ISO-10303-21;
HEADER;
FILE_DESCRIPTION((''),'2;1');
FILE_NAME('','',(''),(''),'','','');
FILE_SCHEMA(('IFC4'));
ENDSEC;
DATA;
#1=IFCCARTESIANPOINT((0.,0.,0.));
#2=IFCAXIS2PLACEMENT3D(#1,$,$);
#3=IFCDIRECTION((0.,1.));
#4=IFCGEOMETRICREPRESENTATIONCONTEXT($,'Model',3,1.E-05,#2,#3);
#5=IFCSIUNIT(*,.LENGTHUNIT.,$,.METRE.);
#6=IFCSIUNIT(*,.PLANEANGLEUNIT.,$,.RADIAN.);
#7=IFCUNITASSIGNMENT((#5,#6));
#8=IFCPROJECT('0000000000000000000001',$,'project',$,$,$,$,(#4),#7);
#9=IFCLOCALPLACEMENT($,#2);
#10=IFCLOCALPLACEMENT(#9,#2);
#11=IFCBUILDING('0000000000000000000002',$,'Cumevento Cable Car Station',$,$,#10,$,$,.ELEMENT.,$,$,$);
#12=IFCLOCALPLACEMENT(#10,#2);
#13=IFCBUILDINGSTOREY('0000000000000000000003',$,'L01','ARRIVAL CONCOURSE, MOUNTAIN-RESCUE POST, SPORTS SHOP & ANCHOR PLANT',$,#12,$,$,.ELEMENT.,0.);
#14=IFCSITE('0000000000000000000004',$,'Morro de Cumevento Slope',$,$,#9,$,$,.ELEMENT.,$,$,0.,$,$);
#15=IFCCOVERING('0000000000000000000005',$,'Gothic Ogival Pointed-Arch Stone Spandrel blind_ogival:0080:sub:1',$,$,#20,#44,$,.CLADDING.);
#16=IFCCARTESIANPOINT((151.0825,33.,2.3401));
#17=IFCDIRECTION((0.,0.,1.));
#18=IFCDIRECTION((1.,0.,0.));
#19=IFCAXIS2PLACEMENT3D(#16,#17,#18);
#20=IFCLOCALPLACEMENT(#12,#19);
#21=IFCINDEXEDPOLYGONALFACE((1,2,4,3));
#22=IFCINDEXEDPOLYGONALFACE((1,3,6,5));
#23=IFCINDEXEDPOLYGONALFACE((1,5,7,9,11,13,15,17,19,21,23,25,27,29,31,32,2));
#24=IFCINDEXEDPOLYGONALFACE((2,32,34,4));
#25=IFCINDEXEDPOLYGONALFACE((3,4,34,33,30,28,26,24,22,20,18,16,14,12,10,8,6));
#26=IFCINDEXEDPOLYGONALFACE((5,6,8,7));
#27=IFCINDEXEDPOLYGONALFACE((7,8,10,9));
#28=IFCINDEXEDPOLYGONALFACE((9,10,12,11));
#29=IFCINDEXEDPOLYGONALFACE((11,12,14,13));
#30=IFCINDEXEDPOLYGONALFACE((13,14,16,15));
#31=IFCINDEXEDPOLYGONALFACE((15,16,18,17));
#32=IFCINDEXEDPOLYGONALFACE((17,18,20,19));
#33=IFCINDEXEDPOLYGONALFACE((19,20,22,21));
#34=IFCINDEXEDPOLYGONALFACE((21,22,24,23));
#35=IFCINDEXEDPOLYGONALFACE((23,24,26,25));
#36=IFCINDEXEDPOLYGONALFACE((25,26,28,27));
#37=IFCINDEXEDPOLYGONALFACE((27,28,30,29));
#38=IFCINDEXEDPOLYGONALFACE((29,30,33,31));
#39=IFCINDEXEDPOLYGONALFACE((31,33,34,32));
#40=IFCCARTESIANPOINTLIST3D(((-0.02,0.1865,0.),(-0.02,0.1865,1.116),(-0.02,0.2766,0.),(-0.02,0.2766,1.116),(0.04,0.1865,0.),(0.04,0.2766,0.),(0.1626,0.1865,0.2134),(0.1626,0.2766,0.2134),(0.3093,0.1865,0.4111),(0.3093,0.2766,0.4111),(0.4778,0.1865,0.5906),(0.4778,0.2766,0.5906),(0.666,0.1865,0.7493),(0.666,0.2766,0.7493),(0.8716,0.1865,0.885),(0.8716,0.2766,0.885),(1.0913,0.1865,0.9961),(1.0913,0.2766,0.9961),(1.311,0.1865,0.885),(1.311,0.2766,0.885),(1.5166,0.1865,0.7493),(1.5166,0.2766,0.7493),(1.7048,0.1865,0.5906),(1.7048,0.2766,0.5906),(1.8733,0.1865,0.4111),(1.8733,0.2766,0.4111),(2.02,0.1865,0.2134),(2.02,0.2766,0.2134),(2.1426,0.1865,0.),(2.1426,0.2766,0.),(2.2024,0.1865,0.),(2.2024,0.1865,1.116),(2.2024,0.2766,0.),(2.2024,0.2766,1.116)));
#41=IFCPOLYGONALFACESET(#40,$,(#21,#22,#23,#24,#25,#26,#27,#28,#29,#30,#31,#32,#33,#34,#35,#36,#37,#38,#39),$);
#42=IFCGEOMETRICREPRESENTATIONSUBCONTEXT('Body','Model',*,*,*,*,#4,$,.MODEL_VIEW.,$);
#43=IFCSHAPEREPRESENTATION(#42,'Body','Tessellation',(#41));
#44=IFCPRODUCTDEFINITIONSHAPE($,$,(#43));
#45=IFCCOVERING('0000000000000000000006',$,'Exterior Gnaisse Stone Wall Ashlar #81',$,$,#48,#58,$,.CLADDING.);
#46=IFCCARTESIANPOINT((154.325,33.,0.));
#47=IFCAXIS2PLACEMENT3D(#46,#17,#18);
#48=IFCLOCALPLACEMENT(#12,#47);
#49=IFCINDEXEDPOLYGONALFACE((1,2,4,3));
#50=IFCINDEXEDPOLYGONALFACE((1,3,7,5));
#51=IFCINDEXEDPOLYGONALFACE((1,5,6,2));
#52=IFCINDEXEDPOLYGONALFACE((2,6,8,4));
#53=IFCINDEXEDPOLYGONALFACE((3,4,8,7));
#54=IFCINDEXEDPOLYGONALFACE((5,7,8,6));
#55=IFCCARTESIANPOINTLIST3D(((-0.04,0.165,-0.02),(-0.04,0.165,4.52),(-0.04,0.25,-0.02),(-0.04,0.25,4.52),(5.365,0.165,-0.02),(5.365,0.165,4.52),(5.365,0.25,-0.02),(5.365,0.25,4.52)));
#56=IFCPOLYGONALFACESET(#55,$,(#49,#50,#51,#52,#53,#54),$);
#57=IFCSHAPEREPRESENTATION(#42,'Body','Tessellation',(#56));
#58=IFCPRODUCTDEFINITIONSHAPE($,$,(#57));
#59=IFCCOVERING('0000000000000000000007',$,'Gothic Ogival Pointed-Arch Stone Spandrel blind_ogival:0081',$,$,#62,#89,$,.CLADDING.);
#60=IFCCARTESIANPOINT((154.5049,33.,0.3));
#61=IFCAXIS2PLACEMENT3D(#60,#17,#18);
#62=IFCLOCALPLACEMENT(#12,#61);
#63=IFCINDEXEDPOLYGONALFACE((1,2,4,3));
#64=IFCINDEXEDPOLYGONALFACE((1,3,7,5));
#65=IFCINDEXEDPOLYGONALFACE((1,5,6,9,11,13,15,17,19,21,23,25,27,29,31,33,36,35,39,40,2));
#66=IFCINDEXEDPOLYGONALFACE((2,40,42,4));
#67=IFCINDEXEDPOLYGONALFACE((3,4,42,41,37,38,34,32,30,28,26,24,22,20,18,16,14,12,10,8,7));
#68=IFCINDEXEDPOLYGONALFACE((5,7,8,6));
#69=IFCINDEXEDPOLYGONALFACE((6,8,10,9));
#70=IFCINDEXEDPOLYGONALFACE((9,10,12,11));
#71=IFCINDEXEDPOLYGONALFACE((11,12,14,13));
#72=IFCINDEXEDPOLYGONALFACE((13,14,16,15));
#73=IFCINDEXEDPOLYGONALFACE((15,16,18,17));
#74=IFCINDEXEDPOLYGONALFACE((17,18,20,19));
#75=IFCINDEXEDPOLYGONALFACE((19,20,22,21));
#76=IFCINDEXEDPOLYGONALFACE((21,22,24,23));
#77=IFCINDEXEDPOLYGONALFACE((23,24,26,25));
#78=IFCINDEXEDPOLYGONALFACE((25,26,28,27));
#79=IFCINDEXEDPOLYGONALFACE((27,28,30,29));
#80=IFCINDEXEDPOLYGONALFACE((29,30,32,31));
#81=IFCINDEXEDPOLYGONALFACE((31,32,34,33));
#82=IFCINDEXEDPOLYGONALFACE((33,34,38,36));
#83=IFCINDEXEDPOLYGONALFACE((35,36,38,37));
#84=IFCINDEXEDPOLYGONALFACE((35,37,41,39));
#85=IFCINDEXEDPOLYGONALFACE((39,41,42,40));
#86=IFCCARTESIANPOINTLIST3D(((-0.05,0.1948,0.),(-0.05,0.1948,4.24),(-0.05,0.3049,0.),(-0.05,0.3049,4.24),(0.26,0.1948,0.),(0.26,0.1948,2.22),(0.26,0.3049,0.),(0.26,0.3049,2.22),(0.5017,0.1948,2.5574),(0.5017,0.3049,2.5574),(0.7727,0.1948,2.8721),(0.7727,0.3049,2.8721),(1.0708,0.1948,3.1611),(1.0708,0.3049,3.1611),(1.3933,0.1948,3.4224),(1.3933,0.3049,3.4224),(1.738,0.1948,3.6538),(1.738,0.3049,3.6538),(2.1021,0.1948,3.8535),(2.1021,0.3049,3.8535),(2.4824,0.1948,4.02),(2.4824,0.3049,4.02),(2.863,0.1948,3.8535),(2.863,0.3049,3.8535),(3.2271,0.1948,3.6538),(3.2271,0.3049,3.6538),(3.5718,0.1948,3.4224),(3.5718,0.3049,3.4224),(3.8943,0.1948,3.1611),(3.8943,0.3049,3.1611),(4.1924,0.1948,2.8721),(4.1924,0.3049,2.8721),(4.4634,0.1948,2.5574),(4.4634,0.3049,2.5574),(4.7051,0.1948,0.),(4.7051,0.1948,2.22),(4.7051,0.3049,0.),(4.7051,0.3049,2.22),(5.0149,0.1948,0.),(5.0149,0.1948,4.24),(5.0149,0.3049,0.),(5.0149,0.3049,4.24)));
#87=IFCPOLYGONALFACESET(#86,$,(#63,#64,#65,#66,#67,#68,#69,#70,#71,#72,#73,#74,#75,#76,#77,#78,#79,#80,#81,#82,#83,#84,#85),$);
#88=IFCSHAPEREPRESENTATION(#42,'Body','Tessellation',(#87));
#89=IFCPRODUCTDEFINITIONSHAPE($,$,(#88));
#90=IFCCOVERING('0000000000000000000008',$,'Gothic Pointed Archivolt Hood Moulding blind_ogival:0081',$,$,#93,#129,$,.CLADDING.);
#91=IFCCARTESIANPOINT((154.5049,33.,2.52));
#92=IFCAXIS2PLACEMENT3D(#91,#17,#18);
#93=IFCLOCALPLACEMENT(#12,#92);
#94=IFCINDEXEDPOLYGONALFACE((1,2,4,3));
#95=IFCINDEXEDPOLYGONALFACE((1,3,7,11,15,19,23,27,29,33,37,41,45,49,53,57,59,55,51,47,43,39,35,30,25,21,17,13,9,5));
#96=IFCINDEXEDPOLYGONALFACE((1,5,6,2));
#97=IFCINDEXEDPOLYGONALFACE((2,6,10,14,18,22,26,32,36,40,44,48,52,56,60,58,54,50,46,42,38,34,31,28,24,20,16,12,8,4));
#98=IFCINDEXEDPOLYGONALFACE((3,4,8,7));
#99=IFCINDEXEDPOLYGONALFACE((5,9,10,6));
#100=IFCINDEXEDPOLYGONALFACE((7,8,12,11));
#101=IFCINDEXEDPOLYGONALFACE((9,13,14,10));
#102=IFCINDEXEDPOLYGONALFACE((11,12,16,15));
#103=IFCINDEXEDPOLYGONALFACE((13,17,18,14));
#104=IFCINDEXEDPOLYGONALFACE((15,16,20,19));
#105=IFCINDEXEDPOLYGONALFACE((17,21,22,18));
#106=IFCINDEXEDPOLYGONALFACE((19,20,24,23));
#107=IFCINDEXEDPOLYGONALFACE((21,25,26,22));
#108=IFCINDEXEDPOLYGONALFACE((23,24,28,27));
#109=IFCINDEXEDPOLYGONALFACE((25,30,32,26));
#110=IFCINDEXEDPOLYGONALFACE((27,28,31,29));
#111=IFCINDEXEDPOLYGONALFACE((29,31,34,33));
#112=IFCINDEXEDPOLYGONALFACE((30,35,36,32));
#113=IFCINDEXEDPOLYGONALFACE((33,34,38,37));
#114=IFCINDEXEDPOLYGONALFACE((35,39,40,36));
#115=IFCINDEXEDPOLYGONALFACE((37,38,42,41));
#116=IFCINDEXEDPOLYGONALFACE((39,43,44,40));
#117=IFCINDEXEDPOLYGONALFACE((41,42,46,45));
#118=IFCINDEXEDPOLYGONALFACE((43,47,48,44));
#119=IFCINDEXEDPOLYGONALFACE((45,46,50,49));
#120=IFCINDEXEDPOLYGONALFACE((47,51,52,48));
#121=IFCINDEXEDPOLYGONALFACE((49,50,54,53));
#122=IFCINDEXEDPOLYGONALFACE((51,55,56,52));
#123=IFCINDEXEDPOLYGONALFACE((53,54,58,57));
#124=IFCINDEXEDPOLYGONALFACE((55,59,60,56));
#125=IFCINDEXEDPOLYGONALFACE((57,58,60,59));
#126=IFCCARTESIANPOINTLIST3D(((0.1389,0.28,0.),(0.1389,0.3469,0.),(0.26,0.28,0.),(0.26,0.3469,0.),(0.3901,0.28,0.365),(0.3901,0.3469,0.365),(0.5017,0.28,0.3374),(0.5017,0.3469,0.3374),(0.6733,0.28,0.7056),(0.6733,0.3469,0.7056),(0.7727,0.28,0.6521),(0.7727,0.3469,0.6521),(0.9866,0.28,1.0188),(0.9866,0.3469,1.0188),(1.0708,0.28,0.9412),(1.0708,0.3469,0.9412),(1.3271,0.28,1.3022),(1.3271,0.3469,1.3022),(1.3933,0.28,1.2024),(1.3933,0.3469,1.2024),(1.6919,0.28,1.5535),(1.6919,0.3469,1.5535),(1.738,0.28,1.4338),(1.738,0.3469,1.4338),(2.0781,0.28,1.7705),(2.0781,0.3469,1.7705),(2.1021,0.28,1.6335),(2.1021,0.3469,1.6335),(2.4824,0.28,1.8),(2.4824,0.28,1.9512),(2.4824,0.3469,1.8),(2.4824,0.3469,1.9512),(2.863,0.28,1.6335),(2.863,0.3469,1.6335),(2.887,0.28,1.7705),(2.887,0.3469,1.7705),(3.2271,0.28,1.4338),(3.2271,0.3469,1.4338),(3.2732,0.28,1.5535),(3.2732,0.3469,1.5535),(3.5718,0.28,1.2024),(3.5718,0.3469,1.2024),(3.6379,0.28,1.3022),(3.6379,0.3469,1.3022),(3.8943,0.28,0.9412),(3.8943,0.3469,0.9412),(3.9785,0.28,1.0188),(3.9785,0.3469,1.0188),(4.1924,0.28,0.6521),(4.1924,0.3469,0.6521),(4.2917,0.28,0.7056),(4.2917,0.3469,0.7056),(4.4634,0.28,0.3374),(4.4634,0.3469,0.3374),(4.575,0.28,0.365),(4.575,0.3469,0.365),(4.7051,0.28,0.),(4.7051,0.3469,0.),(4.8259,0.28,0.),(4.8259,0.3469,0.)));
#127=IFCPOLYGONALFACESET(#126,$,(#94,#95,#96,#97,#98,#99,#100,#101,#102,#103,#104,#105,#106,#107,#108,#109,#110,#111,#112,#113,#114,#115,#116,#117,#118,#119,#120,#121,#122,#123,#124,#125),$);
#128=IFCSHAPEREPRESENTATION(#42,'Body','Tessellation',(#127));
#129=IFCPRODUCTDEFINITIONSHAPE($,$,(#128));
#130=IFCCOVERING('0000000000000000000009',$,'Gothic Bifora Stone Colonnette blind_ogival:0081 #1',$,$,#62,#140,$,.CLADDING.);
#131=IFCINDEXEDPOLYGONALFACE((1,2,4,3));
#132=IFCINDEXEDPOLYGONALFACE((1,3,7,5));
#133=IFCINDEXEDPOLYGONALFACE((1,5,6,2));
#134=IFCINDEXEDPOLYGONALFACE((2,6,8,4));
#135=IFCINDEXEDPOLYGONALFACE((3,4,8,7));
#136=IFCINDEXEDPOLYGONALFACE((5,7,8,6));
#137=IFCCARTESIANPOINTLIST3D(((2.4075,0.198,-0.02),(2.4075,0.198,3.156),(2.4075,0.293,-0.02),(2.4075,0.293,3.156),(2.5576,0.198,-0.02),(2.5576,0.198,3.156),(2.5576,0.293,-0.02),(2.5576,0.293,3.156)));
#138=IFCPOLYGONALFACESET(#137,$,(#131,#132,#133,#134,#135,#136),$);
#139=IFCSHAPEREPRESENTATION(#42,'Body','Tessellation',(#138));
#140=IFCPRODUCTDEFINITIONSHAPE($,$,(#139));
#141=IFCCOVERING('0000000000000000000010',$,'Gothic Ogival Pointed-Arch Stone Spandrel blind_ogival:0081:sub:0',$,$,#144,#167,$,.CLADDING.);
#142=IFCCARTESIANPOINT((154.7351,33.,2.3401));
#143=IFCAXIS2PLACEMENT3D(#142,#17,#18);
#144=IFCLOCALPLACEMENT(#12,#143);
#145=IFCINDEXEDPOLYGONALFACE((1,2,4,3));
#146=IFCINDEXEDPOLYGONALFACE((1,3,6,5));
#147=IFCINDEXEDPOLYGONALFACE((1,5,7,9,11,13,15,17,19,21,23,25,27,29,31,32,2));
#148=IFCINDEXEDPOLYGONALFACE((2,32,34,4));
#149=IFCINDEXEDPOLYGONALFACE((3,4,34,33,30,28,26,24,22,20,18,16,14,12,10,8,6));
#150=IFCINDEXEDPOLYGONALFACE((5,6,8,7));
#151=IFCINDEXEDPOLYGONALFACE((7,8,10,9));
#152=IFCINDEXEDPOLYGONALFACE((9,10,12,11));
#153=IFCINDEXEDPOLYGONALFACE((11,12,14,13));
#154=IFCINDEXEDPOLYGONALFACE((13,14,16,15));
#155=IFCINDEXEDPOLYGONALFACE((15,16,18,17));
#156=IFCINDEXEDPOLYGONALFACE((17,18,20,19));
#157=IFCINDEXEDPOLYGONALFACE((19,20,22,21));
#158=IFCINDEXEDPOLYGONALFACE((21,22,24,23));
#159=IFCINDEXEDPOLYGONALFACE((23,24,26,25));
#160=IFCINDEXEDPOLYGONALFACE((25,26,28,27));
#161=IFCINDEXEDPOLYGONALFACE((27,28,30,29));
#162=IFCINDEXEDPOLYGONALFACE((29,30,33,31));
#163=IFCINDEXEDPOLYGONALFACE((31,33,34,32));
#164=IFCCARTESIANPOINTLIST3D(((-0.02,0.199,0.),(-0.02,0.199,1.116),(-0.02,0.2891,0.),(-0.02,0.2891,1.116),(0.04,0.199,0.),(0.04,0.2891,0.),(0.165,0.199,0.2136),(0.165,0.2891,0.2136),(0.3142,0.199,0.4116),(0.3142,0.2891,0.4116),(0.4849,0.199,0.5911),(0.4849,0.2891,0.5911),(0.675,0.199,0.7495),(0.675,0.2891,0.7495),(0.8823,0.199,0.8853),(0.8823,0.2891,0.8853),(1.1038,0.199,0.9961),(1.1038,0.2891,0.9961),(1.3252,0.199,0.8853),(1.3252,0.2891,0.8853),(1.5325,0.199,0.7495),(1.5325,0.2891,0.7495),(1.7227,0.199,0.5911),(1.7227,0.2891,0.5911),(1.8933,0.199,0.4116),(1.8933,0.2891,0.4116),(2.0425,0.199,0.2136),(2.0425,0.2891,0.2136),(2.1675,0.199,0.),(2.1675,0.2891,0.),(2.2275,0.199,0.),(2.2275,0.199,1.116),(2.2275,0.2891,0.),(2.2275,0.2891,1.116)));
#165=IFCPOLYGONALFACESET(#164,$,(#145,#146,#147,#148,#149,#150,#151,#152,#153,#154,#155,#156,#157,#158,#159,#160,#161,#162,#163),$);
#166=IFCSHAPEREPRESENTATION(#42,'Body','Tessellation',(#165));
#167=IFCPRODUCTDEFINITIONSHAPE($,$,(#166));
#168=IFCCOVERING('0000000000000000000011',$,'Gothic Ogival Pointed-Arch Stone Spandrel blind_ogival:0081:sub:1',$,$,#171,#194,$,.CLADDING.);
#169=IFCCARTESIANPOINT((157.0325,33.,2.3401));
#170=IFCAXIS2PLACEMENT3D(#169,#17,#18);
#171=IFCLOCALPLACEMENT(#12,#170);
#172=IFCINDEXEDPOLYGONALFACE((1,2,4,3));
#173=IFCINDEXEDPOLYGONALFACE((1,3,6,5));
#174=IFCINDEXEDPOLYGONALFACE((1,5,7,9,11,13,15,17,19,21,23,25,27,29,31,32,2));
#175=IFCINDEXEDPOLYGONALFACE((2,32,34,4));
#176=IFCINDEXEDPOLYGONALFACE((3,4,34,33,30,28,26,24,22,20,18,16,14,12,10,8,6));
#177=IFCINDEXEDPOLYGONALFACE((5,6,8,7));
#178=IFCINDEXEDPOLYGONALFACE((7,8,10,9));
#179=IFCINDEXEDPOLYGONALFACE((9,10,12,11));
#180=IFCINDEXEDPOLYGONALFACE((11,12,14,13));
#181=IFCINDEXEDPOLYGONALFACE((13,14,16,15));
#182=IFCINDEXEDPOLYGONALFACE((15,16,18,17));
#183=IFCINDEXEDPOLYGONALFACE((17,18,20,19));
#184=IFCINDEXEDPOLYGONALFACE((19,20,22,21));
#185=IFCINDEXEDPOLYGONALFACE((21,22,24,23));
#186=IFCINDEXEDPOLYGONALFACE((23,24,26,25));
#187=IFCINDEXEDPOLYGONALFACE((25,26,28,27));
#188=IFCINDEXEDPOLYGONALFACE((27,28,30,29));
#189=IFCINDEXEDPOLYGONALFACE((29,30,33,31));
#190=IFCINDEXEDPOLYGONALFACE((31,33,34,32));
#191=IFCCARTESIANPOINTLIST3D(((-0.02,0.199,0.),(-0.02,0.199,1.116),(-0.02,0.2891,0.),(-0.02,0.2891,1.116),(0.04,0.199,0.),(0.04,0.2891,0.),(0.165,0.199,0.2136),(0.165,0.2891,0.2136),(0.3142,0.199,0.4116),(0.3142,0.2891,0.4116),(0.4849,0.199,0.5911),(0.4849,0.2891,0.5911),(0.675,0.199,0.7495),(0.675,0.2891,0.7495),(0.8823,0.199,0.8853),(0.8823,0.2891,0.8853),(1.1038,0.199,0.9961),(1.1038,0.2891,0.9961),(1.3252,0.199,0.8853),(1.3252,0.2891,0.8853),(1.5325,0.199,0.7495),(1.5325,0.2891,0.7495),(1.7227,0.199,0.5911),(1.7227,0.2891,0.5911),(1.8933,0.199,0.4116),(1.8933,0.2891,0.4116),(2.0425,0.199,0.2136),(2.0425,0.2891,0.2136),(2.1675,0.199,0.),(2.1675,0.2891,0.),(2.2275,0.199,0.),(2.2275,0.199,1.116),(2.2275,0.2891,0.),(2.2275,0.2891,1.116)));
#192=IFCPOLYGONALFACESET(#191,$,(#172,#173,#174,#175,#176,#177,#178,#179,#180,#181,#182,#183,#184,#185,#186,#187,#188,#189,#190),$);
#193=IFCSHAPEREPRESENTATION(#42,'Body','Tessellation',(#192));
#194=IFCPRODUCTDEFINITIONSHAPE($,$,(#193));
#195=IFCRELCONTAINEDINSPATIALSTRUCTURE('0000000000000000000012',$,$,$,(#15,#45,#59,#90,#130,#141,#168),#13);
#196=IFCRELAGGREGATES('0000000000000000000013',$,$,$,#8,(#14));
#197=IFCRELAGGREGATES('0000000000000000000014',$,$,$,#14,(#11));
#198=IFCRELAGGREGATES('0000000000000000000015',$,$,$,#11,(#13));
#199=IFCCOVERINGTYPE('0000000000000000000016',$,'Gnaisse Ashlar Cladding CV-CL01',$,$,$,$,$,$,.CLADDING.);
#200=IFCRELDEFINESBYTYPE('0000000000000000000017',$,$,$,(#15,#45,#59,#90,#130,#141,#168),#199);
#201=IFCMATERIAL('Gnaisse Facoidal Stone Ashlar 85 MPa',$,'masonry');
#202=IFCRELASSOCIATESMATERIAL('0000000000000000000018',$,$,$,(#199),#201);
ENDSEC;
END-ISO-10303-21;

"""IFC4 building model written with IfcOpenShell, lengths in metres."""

from ifc_helpers import new_model, si_unit, direction, frame, origin, place, context, subcontext, project, spatial, polyline, outline, extrude, material, type_object, element, save


model = new_model("IFC4")

# Units and contexts
model_context = context("Model", 3, precision=1e-05, world=origin(), true_north=direction((0.0, 1.0)))
body_context = subcontext(model_context, "Body", "Model", "MODEL_VIEW")
ifc_project = project(units=[si_unit("LENGTHUNIT", "METRE"), si_unit("PLANEANGLEUNIT", "RADIAN")], contexts=[model_context])

# Site, building, storey
site_placement = place(None, origin())
site = spatial("IfcSite", under=ifc_project, at=site_placement, Name="Morro de Cumevento Slope", CompositionType="ELEMENT", RefElevation=0.0)
building_placement = place(site_placement, origin())
building = spatial("IfcBuilding", under=site, at=building_placement, Name="Cumevento Cable Car Station", CompositionType="ELEMENT")
storey_placement = place(building_placement, origin())
storey = spatial("IfcBuildingStorey", under=building, at=storey_placement, Name="L01", Description="ARRIVAL CONCOURSE, MOUNTAIN-RESCUE POST, SPORTS SHOP & ANCHOR PLANT", CompositionType="ELEMENT", Elevation=0.0)

# Coverings
ifc_material_1 = material(Name="Gnaisse Facoidal Stone Ashlar 85 MPa", Category="masonry")
covering_type = type_object("IfcCoveringType", Name="Gnaisse Ashlar Cladding CV-CL01", PredefinedType="CLADDING", material=ifc_material_1)
covering_1_placement = place(storey_placement, frame((151.0825, 33.0, 2.3401), z_axis=(0.0, 0.0, 1.0), x_axis=(1.0, 0.0, 0.0)))
element("IfcCovering", 1, at=covering_1_placement, inside=storey, type_object=covering_type, Name="Gothic Ogival Pointed-Arch Stone Spandrel blind_ogival:0080:sub:1", PredefinedType="CLADDING", context=body_context, shape_type="SweptSolid", body=[
    extrude(outline(polyline([(-0.02, 0.0), (-0.02, 1.116), (2.2024, 1.116), (2.2024, 0.0), (2.1426, 0.0), (2.02, 0.2134), (1.8733, 0.4111), (1.7048, 0.5906), (1.5166, 0.7493), (1.311, 0.885), (1.0913, 0.9961), (0.8716, 0.885), (0.666, 0.7493), (0.4778, 0.5906), (0.3093, 0.4111), (0.1626, 0.2134), (0.04, 0.0), (-0.02, 0.0)])), frame((0.0, 0.2766, 0.0), z_axis=(0.0, -1.0, 0.0), x_axis=(1.0, 0.0, 0.0)), (0.0, 0.0, 1.0), 0.0901),
])
covering_2_placement = place(storey_placement, frame((154.325, 33.0, 0.0), z_axis=(0.0, 0.0, 1.0), x_axis=(1.0, 0.0, 0.0)))
element("IfcCovering", 2, at=covering_2_placement, inside=storey, type_object=covering_type, Name="Exterior Gnaisse Stone Wall Ashlar #81", PredefinedType="CLADDING", context=body_context, shape_type="SweptSolid", body=[
    extrude(outline(polyline([(-0.04, -0.02), (5.365, -0.02), (5.365, 4.52), (-0.04, 4.52), (-0.04, -0.02)])), frame((0.0, 0.25, 0.0), z_axis=(0.0, -1.0, 0.0), x_axis=(1.0, 0.0, 0.0)), (0.0, 0.0, 1.0), 0.085),
])
placement = place(storey_placement, frame((154.5049, 33.0, 0.3), z_axis=(0.0, 0.0, 1.0), x_axis=(1.0, 0.0, 0.0)))
element("IfcCovering", 3, at=placement, inside=storey, type_object=covering_type, Name="Gothic Ogival Pointed-Arch Stone Spandrel blind_ogival:0081", PredefinedType="CLADDING", context=body_context, shape_type="SweptSolid", body=[
    extrude(outline(polyline([(-0.05, 0.0), (-0.05, 4.24), (5.0149, 4.24), (5.0149, 0.0), (4.7051, 0.0), (4.7051, 2.22), (4.4634, 2.5574), (4.1924, 2.8721), (3.8943, 3.1611), (3.5718, 3.4224), (3.2271, 3.6538), (2.863, 3.8535), (2.4824, 4.02), (2.1021, 3.8535), (1.738, 3.6538), (1.3933, 3.4224), (1.0708, 3.1611), (0.7727, 2.8721), (0.5017, 2.5574), (0.26, 2.22), (0.26, 0.0), (-0.05, 0.0)])), frame((0.0, 0.3049, 0.0), z_axis=(0.0, -1.0, 0.0), x_axis=(1.0, 0.0, 0.0)), (0.0, 0.0, 1.0), 0.1101),
])
covering_3_placement = place(storey_placement, frame((154.5049, 33.0, 2.52), z_axis=(0.0, 0.0, 1.0), x_axis=(1.0, 0.0, 0.0)))
element("IfcCovering", 4, at=covering_3_placement, inside=storey, type_object=covering_type, Name="Gothic Pointed Archivolt Hood Moulding blind_ogival:0081", PredefinedType="CLADDING", context=body_context, shape_type="SweptSolid", body=[
    extrude(outline(polyline([(0.26, 0.0), (0.5017, 0.3374), (0.7727, 0.6521), (1.0708, 0.9412), (1.3933, 1.2024), (1.738, 1.4338), (2.1021, 1.6335), (2.4824, 1.8), (2.863, 1.6335), (3.2271, 1.4338), (3.5718, 1.2024), (3.8943, 0.9412), (4.1924, 0.6521), (4.4634, 0.3374), (4.7051, 0.0), (4.8259, 0.0), (4.575, 0.365), (4.2917, 0.7056), (3.9785, 1.0188), (3.6379, 1.3022), (3.2732, 1.5535), (2.887, 1.7705), (2.4824, 1.9512), (2.0781, 1.7705), (1.6919, 1.5535), (1.3271, 1.3022), (0.9866, 1.0188), (0.6733, 0.7056), (0.3901, 0.365), (0.1389, 0.0), (0.26, 0.0)])), frame((0.0, 0.3469, 0.0), z_axis=(0.0, -1.0, 0.0), x_axis=(1.0, 0.0, 0.0)), (0.0, 0.0, 1.0), 0.0669),
])
element("IfcCovering", 5, at=placement, inside=storey, type_object=covering_type, Name="Gothic Bifora Stone Colonnette blind_ogival:0081 #1", PredefinedType="CLADDING", context=body_context, shape_type="SweptSolid", body=[
    extrude(outline(polyline([(2.4075, -0.02), (2.5576, -0.02), (2.5576, 3.156), (2.4075, 3.156), (2.4075, -0.02)])), frame((0.0, 0.293, 0.0), z_axis=(0.0, -1.0, 0.0), x_axis=(1.0, 0.0, 0.0)), (0.0, 0.0, 1.0), 0.095),
])
for number, where, z_axis, x_axis, name in (
    (6, (154.7351, 33.0, 2.3401), (0.0, 0.0, 1.0), (1.0, 0.0, 0.0), "Gothic Ogival Pointed-Arch Stone Spandrel blind_ogival:0081:sub:0"),
    (7, (157.0325, 33.0, 2.3401), (0.0, 0.0, 1.0), (1.0, 0.0, 0.0), "Gothic Ogival Pointed-Arch Stone Spandrel blind_ogival:0081:sub:1"),
):
    element("IfcCovering", number, at=place(storey_placement, frame(where, z_axis=z_axis, x_axis=x_axis)), inside=storey, type_object=covering_type, Name=name, PredefinedType="CLADDING", context=body_context, shape_type="SweptSolid", body=[
        extrude(outline(polyline([(-0.02, 0.0), (-0.02, 1.116), (2.2275, 1.116), (2.2275, 0.0), (2.1675, 0.0), (2.0425, 0.2136), (1.8933, 0.4116), (1.7227, 0.5911), (1.5325, 0.7495), (1.3252, 0.8853), (1.1038, 0.9961), (0.8823, 0.8853), (0.675, 0.7495), (0.4849, 0.5911), (0.3142, 0.4116), (0.165, 0.2136), (0.04, 0.0), (-0.02, 0.0)])), frame((0.0, 0.2891, 0.0), z_axis=(0.0, -1.0, 0.0), x_axis=(1.0, 0.0, 0.0)), (0.0, 0.0, 1.0), 0.0901),
    ])

save(model, "model.ifc")
